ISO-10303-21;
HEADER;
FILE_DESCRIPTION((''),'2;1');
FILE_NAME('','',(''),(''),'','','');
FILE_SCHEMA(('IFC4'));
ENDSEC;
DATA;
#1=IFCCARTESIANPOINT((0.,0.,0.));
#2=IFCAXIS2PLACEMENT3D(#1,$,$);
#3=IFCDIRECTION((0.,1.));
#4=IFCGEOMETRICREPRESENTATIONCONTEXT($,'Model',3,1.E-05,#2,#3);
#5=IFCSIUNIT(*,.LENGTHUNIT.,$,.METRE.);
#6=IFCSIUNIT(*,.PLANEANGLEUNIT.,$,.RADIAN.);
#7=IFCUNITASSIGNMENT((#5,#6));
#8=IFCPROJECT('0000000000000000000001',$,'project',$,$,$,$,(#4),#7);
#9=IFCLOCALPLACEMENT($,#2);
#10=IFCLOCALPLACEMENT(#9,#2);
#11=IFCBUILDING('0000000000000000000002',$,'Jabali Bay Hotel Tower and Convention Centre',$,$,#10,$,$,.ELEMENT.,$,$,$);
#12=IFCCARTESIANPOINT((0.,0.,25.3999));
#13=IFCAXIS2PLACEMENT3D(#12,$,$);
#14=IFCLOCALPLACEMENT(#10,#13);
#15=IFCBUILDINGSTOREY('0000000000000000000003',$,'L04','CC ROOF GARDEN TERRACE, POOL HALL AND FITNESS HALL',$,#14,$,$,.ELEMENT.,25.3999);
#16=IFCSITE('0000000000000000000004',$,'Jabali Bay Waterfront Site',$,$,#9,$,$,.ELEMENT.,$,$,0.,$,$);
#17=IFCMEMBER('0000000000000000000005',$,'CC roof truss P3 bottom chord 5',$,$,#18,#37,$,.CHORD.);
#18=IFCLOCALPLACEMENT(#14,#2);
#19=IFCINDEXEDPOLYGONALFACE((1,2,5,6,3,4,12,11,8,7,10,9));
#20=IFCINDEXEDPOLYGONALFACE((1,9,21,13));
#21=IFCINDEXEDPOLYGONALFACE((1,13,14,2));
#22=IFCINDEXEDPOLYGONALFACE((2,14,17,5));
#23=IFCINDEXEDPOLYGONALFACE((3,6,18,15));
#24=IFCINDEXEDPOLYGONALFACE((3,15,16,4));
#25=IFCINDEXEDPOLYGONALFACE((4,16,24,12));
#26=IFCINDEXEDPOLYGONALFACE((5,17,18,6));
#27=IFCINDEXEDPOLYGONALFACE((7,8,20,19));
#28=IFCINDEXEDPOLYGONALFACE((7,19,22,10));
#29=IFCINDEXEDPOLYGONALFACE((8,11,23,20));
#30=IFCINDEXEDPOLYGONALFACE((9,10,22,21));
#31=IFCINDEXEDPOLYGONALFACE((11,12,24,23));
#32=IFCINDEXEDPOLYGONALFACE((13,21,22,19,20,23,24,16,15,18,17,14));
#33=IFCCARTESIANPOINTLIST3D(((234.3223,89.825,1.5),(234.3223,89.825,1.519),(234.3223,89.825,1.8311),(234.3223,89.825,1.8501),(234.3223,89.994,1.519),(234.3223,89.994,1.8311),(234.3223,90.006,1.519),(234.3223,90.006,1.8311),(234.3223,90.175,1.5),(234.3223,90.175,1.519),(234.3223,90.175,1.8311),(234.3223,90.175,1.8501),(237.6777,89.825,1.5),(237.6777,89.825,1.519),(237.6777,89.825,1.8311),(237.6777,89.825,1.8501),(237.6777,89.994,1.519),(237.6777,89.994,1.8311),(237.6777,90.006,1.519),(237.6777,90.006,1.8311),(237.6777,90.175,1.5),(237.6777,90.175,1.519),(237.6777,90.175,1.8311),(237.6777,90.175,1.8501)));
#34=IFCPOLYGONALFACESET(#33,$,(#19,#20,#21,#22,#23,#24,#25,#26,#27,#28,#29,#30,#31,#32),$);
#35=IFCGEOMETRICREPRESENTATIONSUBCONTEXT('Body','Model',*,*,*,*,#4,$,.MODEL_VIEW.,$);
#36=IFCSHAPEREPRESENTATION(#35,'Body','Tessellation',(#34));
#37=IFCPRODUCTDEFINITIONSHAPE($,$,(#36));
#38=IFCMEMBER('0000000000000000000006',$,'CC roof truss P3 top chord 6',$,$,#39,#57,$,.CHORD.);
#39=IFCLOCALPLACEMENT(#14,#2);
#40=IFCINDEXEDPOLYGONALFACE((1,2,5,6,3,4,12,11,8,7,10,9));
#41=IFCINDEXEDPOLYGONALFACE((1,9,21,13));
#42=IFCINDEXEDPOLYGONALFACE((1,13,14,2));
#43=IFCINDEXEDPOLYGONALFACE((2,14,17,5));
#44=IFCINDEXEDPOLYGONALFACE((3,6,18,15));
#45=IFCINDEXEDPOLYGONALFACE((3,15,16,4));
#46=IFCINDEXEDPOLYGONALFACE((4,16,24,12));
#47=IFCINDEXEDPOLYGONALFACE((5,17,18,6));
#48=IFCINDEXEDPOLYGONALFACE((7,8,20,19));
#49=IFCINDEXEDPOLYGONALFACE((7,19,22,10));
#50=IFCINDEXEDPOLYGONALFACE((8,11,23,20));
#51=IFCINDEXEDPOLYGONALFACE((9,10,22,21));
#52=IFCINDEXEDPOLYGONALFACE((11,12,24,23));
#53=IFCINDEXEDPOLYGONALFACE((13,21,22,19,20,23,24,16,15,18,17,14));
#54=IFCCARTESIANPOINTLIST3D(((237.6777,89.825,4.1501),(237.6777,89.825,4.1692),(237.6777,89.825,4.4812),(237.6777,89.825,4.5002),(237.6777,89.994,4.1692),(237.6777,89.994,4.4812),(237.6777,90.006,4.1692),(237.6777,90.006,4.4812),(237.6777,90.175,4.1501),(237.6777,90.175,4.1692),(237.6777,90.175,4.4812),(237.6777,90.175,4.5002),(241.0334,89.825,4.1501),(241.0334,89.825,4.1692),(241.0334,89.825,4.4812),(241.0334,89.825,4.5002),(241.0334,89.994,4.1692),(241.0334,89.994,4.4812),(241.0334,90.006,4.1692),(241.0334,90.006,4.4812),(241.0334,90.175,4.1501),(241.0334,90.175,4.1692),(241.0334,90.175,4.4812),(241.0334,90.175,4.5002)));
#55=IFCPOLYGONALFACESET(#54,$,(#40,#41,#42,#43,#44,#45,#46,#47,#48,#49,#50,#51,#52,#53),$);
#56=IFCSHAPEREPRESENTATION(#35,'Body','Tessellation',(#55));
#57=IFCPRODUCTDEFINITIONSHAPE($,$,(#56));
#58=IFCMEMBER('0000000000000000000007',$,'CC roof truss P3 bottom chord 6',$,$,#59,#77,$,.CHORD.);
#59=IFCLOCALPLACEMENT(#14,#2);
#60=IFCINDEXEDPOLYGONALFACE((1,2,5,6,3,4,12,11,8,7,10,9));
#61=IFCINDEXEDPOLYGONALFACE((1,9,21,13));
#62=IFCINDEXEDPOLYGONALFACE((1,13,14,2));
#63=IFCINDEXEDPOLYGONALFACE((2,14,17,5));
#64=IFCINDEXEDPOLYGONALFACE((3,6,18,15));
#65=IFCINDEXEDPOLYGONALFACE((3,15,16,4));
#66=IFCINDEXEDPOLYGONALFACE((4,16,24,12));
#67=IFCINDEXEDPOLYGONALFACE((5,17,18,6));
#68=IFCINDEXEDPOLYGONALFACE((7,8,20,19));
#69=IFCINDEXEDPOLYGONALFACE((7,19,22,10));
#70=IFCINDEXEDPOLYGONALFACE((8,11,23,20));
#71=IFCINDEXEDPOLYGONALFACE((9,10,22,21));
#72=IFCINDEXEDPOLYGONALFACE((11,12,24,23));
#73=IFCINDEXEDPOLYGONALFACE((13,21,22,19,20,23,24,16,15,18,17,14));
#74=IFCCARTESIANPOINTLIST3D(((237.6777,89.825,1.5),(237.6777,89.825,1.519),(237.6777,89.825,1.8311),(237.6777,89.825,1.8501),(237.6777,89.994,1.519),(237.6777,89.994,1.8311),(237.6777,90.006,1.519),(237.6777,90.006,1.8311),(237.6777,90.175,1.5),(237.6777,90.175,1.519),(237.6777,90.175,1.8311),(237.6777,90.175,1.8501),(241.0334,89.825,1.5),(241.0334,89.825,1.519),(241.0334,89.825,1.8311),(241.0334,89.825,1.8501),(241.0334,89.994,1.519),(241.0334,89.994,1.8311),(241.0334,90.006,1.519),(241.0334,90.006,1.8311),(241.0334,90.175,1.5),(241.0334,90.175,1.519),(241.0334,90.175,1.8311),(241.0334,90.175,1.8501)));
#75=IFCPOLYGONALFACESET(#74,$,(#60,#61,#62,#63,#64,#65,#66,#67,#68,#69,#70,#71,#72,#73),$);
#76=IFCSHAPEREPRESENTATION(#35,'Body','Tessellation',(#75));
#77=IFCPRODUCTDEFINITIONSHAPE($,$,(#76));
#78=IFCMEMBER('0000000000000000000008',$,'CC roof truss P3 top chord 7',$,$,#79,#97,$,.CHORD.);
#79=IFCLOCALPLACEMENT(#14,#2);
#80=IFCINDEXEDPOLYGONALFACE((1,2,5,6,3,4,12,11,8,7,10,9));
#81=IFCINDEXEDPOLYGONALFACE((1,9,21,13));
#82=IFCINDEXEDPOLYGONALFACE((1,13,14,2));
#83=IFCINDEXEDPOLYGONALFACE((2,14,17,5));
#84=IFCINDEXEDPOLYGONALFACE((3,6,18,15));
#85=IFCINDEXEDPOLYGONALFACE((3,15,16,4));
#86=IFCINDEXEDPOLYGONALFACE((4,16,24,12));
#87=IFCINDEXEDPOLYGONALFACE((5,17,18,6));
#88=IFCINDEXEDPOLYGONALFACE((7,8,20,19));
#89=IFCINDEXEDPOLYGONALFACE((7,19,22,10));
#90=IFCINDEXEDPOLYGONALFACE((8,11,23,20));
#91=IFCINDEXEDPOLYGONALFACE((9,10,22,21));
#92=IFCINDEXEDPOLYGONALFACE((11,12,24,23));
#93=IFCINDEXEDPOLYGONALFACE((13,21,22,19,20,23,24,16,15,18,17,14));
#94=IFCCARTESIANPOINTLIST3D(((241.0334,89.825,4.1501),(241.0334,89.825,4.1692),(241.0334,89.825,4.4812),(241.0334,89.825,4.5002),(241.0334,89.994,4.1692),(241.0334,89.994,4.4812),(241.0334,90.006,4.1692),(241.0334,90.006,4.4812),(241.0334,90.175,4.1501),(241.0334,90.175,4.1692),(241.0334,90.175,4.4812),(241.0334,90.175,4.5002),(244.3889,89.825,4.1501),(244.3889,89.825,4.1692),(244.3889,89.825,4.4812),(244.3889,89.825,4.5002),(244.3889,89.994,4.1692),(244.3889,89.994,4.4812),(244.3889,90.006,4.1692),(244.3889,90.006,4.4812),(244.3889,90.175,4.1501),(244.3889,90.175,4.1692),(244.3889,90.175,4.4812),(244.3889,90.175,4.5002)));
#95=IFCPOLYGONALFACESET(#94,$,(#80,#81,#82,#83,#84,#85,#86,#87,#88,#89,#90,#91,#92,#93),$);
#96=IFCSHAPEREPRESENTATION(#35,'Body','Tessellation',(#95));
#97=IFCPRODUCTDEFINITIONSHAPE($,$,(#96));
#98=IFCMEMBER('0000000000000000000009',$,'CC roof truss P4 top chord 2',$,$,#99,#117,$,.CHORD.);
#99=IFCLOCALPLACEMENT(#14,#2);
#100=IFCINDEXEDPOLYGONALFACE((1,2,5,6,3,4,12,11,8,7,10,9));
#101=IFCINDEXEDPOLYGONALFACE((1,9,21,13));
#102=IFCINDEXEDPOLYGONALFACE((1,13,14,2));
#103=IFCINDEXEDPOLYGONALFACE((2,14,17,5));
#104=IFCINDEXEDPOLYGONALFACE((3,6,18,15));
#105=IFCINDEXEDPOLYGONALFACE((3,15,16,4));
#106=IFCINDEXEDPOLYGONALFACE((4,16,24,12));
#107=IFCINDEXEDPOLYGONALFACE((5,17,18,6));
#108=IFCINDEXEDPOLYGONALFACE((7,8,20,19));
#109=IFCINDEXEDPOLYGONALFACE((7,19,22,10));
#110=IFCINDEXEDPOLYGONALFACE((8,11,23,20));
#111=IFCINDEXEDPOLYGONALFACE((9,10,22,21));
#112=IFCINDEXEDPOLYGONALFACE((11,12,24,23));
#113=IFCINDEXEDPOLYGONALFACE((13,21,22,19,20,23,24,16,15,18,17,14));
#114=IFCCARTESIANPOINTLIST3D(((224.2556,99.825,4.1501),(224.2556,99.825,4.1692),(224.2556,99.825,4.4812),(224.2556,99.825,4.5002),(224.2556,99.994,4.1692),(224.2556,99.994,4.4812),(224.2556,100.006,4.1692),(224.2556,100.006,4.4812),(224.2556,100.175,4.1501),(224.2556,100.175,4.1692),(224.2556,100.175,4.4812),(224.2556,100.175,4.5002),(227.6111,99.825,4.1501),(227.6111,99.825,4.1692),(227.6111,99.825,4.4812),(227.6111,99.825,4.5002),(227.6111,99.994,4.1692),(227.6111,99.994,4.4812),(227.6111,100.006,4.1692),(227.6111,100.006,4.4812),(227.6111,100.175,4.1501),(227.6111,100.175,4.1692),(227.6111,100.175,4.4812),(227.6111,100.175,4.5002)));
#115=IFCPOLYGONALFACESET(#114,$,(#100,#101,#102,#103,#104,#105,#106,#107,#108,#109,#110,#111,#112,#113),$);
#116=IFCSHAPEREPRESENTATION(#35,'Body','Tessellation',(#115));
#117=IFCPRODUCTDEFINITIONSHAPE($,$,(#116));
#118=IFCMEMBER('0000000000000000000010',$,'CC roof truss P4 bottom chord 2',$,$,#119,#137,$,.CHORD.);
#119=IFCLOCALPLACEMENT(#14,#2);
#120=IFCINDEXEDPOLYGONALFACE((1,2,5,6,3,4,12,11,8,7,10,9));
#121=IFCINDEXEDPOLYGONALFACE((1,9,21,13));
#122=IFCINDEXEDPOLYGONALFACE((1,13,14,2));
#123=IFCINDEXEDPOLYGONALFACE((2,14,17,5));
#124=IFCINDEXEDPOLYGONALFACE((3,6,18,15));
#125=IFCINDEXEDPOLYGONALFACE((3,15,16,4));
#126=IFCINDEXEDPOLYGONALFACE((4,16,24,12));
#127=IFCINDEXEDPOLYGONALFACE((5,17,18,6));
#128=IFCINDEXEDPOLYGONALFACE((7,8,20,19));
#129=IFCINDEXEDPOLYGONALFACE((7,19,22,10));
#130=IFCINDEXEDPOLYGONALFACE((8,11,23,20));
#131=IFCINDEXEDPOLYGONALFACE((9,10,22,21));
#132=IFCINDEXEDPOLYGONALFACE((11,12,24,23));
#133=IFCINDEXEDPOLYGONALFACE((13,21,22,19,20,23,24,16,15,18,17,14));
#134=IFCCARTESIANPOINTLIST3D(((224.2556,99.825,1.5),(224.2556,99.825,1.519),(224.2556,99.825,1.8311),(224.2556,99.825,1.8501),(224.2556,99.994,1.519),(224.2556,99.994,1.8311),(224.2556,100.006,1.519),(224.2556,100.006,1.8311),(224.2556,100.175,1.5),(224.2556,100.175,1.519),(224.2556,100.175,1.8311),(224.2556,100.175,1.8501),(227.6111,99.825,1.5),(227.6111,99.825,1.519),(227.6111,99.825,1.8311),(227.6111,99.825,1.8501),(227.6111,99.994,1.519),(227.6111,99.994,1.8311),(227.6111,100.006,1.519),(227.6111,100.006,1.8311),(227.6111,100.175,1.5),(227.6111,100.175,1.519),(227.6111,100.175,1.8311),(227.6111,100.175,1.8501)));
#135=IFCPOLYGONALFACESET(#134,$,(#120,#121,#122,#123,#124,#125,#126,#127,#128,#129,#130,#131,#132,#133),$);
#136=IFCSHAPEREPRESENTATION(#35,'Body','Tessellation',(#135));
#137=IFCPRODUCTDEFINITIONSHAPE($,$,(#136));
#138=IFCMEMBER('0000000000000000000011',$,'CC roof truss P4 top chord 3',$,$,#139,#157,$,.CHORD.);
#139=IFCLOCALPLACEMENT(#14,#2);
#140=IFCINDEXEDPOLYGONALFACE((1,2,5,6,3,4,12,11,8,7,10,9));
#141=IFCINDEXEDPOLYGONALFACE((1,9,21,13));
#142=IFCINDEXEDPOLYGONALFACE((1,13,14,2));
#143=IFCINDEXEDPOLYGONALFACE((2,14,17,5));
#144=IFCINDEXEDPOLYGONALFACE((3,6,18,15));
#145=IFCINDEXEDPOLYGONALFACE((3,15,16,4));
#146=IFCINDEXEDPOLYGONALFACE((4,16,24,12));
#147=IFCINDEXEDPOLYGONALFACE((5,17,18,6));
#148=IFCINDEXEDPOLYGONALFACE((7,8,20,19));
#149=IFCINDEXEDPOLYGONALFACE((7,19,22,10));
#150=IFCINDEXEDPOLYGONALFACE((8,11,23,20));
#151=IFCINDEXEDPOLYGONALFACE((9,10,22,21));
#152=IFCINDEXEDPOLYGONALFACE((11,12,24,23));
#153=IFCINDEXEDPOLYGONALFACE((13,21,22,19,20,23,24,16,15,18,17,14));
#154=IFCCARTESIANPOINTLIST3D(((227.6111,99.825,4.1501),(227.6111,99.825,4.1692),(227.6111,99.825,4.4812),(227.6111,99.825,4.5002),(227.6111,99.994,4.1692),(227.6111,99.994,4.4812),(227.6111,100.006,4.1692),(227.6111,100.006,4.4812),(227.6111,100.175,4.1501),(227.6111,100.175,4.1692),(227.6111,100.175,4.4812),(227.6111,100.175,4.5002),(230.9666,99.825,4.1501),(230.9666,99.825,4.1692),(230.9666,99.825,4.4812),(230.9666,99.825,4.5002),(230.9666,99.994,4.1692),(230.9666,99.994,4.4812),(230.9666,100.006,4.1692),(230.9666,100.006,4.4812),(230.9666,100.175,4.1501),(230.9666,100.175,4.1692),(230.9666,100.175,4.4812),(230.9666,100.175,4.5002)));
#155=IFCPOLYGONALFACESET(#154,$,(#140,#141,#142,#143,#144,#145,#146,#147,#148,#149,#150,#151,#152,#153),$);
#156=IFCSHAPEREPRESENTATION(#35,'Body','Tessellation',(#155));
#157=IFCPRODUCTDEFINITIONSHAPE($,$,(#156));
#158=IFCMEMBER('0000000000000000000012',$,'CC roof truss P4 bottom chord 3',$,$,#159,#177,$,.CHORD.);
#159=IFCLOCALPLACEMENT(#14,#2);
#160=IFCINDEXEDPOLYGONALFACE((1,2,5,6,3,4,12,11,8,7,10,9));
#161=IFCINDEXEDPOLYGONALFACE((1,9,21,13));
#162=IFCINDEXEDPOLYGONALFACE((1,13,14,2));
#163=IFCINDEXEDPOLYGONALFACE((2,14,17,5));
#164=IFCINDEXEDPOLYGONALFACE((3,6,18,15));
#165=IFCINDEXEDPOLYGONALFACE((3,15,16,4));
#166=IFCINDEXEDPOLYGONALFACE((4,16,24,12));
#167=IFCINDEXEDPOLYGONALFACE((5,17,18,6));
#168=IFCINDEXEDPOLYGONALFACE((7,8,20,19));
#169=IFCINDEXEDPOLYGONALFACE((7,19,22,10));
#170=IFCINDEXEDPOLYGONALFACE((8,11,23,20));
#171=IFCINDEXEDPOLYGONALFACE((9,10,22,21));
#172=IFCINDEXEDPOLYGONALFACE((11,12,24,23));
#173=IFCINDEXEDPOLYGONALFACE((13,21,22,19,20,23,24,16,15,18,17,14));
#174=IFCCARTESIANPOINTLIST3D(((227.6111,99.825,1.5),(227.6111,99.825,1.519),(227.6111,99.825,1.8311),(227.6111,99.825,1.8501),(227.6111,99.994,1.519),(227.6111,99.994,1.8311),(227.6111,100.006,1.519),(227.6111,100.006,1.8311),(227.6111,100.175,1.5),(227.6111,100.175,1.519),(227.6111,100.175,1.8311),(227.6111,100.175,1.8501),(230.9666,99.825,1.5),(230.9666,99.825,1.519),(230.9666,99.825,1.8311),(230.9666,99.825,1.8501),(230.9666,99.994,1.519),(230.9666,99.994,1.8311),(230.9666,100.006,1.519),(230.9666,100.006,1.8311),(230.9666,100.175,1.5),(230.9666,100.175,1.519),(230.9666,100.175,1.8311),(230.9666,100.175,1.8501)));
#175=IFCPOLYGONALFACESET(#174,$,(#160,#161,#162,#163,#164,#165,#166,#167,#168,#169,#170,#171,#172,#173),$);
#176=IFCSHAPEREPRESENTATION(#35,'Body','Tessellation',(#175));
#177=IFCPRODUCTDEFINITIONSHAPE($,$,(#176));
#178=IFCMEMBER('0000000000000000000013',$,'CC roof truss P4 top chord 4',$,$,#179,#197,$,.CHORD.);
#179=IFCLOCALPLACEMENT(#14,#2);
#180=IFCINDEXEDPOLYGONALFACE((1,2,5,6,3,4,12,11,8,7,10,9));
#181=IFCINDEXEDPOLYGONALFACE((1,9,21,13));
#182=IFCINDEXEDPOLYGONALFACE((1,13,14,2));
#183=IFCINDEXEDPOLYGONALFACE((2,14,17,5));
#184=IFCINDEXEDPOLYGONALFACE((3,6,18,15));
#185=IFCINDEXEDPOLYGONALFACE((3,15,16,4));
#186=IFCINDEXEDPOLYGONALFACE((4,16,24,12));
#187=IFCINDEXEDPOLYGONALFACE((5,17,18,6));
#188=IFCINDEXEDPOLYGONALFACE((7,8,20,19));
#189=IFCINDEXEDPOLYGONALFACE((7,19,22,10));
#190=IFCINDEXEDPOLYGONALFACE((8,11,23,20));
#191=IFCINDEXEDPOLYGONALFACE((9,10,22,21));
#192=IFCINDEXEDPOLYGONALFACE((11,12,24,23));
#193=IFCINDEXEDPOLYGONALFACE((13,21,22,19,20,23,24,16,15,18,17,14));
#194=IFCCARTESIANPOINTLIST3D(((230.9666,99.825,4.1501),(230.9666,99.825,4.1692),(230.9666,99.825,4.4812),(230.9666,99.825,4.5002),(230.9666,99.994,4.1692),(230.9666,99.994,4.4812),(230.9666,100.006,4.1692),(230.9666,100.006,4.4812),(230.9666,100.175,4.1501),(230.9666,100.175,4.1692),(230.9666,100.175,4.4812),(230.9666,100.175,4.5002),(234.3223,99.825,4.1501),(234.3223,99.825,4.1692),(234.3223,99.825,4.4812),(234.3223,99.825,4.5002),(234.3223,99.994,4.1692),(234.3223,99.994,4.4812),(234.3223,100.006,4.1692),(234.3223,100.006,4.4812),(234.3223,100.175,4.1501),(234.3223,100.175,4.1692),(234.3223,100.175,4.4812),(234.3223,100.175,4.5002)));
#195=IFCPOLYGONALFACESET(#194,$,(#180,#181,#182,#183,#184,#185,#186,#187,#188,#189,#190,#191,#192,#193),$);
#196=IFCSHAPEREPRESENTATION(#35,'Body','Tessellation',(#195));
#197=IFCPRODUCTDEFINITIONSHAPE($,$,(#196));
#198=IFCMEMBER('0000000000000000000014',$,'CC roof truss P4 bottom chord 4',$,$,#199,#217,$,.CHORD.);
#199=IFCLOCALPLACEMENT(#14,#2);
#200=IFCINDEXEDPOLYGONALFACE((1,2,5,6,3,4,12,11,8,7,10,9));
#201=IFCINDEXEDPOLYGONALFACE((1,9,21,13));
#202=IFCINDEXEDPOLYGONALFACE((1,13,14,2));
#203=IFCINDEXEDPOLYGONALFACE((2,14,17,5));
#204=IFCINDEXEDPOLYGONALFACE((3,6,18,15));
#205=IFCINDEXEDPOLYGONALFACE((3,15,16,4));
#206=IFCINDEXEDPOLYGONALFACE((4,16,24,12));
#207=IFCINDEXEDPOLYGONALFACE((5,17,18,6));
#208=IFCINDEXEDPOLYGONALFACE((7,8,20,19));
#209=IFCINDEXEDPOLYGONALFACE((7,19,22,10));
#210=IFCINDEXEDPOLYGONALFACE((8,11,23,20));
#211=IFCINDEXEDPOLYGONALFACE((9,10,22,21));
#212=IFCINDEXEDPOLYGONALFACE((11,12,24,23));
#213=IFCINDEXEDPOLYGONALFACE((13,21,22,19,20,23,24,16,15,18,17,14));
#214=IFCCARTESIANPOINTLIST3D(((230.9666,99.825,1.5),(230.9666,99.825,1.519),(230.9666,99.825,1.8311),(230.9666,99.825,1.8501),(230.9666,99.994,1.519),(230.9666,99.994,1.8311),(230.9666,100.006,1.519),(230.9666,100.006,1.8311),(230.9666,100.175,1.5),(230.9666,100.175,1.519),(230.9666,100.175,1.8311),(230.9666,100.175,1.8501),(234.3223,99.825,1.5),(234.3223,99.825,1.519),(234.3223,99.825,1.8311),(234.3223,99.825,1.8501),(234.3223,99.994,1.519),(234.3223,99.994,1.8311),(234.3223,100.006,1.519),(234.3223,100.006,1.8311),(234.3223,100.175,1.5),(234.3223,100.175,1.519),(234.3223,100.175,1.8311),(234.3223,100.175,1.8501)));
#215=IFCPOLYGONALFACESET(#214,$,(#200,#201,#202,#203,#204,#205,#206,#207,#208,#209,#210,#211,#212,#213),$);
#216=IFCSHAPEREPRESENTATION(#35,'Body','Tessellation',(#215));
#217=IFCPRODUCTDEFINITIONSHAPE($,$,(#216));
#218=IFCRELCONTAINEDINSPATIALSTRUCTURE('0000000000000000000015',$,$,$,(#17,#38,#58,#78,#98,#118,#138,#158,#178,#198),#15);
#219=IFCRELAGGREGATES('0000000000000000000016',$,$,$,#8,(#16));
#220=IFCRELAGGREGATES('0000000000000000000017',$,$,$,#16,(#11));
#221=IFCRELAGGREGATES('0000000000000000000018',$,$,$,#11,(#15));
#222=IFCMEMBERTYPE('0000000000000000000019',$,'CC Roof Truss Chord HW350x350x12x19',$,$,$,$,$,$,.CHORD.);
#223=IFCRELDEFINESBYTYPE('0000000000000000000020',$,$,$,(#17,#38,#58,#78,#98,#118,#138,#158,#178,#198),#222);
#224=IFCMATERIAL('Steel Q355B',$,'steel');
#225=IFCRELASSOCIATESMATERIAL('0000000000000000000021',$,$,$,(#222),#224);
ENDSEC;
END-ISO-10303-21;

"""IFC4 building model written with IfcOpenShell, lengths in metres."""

from ifc_helpers import new_model, si_unit, direction, frame, origin, origin_2d, place, context, subcontext, project, spatial, i_section, extrude, material, material_profile, profile_set, type_object, element, save


model = new_model("IFC4")

# Units and contexts
model_context = context("Model", 3, precision=1e-05, world=origin(), true_north=direction((0.0, 1.0)))
body_context = subcontext(model_context, "Body", "Model", "MODEL_VIEW")
ifc_project = project(units=[si_unit("LENGTHUNIT", "METRE"), si_unit("PLANEANGLEUNIT", "RADIAN")], contexts=[model_context])

# Site, building, storey
site_placement = place(None, origin())
site = spatial("IfcSite", under=ifc_project, at=site_placement, Name="Jabali Bay Waterfront Site", CompositionType="ELEMENT", RefElevation=0.0)
building_placement = place(site_placement, origin())
building = spatial("IfcBuilding", under=site, at=building_placement, Name="Jabali Bay Hotel Tower and Convention Centre", CompositionType="ELEMENT")
storey_placement = place(building_placement, frame((0.0, 0.0, 25.3999)))
storey = spatial("IfcBuildingStorey", under=building, at=storey_placement, Name="L04", Description="CC ROOF GARDEN TERRACE, POOL HALL AND FITNESS HALL", CompositionType="ELEMENT", Elevation=25.3999)

# Members
ifc_material = material(Name="Steel Q355B", Category="steel")
ifc_material_profile_1 = material_profile(ifc_material, i_section(OverallWidth=0.3501, OverallDepth=0.3501, WebThickness=0.012, FlangeThickness=0.019, at=origin_2d()), Name="HW350x350x12x19")
ifc_profile_set_1 = profile_set([ifc_material_profile_1], Name="Steel Q355B")
member_type_1 = type_object("IfcMemberType", Name="CC Roof Truss Chord HW350x350x12x19", PredefinedType="CHORD", material=ifc_profile_set_1)
member_1_placement = place(storey_placement, frame((234.3223, 90.0, 1.675), z_axis=(1.0, 0.0, 0.0), x_axis=(0.0, 1.0, 0.0)))
element("IfcMember", 1, at=member_1_placement, inside=storey, type_object=member_type_1, Name="CC roof truss P3 bottom chord 5", PredefinedType="CHORD", context=body_context, shape_type="SweptSolid", body=[
    extrude(i_section(OverallWidth=0.3501, OverallDepth=0.3501, WebThickness=0.012, FlangeThickness=0.019, at=origin_2d()), origin(), (0.0, 0.0, 1.0), 3.3555),
])
for number, where, z_axis, x_axis, name in (
    (2, (237.6777, 90.0, 4.3252), (1.0, 0.0, 0.0), (0.0, 1.0, 0.0), "CC roof truss P3 top chord 6"),
    (3, (237.6777, 90.0, 1.675), (1.0, 0.0, 0.0), (0.0, 1.0, 0.0), "CC roof truss P3 bottom chord 6"),
):
    element("IfcMember", number, at=place(storey_placement, frame(where, z_axis=z_axis, x_axis=x_axis)), inside=storey, type_object=member_type_1, Name=name, PredefinedType="CHORD", context=body_context, shape_type="SweptSolid", body=[
        extrude(i_section(OverallWidth=0.3501, OverallDepth=0.3501, WebThickness=0.012, FlangeThickness=0.019, at=origin_2d()), origin(), (0.0, 0.0, 1.0), 3.3557),
    ])
for number, where, z_axis, x_axis, name in (
    (4, (241.0334, 90.0, 4.3252), (1.0, 0.0, 0.0), (0.0, 1.0, 0.0), "CC roof truss P3 top chord 7"),
    (5, (224.2556, 100.0, 4.3252), (1.0, 0.0, 0.0), (0.0, 1.0, 0.0), "CC roof truss P4 top chord 2"),
    (6, (224.2556, 100.0, 1.675), (1.0, 0.0, 0.0), (0.0, 1.0, 0.0), "CC roof truss P4 bottom chord 2"),
    (7, (227.6111, 100.0, 4.3252), (1.0, 0.0, 0.0), (0.0, 1.0, 0.0), "CC roof truss P4 top chord 3"),
    (8, (227.6111, 100.0, 1.675), (1.0, 0.0, 0.0), (0.0, 1.0, 0.0), "CC roof truss P4 bottom chord 3"),
):
    element("IfcMember", number, at=place(storey_placement, frame(where, z_axis=z_axis, x_axis=x_axis)), inside=storey, type_object=member_type_1, Name=name, PredefinedType="CHORD", context=body_context, shape_type="SweptSolid", body=[
        extrude(i_section(OverallWidth=0.3501, OverallDepth=0.3501, WebThickness=0.012, FlangeThickness=0.019, at=origin_2d()), origin(), (0.0, 0.0, 1.0), 3.3555),
    ])
for number, where, z_axis, x_axis, name in (
    (9, (230.9666, 100.0, 4.3252), (1.0, 0.0, 0.0), (0.0, 1.0, 0.0), "CC roof truss P4 top chord 4"),
    (10, (230.9666, 100.0, 1.675), (1.0, 0.0, 0.0), (0.0, 1.0, 0.0), "CC roof truss P4 bottom chord 4"),
):
    element("IfcMember", number, at=place(storey_placement, frame(where, z_axis=z_axis, x_axis=x_axis)), inside=storey, type_object=member_type_1, Name=name, PredefinedType="CHORD", context=body_context, shape_type="SweptSolid", body=[
        extrude(i_section(OverallWidth=0.3501, OverallDepth=0.3501, WebThickness=0.012, FlangeThickness=0.019, at=origin_2d()), origin(), (0.0, 0.0, 1.0), 3.3557),
    ])

save(model, "model.ifc")
